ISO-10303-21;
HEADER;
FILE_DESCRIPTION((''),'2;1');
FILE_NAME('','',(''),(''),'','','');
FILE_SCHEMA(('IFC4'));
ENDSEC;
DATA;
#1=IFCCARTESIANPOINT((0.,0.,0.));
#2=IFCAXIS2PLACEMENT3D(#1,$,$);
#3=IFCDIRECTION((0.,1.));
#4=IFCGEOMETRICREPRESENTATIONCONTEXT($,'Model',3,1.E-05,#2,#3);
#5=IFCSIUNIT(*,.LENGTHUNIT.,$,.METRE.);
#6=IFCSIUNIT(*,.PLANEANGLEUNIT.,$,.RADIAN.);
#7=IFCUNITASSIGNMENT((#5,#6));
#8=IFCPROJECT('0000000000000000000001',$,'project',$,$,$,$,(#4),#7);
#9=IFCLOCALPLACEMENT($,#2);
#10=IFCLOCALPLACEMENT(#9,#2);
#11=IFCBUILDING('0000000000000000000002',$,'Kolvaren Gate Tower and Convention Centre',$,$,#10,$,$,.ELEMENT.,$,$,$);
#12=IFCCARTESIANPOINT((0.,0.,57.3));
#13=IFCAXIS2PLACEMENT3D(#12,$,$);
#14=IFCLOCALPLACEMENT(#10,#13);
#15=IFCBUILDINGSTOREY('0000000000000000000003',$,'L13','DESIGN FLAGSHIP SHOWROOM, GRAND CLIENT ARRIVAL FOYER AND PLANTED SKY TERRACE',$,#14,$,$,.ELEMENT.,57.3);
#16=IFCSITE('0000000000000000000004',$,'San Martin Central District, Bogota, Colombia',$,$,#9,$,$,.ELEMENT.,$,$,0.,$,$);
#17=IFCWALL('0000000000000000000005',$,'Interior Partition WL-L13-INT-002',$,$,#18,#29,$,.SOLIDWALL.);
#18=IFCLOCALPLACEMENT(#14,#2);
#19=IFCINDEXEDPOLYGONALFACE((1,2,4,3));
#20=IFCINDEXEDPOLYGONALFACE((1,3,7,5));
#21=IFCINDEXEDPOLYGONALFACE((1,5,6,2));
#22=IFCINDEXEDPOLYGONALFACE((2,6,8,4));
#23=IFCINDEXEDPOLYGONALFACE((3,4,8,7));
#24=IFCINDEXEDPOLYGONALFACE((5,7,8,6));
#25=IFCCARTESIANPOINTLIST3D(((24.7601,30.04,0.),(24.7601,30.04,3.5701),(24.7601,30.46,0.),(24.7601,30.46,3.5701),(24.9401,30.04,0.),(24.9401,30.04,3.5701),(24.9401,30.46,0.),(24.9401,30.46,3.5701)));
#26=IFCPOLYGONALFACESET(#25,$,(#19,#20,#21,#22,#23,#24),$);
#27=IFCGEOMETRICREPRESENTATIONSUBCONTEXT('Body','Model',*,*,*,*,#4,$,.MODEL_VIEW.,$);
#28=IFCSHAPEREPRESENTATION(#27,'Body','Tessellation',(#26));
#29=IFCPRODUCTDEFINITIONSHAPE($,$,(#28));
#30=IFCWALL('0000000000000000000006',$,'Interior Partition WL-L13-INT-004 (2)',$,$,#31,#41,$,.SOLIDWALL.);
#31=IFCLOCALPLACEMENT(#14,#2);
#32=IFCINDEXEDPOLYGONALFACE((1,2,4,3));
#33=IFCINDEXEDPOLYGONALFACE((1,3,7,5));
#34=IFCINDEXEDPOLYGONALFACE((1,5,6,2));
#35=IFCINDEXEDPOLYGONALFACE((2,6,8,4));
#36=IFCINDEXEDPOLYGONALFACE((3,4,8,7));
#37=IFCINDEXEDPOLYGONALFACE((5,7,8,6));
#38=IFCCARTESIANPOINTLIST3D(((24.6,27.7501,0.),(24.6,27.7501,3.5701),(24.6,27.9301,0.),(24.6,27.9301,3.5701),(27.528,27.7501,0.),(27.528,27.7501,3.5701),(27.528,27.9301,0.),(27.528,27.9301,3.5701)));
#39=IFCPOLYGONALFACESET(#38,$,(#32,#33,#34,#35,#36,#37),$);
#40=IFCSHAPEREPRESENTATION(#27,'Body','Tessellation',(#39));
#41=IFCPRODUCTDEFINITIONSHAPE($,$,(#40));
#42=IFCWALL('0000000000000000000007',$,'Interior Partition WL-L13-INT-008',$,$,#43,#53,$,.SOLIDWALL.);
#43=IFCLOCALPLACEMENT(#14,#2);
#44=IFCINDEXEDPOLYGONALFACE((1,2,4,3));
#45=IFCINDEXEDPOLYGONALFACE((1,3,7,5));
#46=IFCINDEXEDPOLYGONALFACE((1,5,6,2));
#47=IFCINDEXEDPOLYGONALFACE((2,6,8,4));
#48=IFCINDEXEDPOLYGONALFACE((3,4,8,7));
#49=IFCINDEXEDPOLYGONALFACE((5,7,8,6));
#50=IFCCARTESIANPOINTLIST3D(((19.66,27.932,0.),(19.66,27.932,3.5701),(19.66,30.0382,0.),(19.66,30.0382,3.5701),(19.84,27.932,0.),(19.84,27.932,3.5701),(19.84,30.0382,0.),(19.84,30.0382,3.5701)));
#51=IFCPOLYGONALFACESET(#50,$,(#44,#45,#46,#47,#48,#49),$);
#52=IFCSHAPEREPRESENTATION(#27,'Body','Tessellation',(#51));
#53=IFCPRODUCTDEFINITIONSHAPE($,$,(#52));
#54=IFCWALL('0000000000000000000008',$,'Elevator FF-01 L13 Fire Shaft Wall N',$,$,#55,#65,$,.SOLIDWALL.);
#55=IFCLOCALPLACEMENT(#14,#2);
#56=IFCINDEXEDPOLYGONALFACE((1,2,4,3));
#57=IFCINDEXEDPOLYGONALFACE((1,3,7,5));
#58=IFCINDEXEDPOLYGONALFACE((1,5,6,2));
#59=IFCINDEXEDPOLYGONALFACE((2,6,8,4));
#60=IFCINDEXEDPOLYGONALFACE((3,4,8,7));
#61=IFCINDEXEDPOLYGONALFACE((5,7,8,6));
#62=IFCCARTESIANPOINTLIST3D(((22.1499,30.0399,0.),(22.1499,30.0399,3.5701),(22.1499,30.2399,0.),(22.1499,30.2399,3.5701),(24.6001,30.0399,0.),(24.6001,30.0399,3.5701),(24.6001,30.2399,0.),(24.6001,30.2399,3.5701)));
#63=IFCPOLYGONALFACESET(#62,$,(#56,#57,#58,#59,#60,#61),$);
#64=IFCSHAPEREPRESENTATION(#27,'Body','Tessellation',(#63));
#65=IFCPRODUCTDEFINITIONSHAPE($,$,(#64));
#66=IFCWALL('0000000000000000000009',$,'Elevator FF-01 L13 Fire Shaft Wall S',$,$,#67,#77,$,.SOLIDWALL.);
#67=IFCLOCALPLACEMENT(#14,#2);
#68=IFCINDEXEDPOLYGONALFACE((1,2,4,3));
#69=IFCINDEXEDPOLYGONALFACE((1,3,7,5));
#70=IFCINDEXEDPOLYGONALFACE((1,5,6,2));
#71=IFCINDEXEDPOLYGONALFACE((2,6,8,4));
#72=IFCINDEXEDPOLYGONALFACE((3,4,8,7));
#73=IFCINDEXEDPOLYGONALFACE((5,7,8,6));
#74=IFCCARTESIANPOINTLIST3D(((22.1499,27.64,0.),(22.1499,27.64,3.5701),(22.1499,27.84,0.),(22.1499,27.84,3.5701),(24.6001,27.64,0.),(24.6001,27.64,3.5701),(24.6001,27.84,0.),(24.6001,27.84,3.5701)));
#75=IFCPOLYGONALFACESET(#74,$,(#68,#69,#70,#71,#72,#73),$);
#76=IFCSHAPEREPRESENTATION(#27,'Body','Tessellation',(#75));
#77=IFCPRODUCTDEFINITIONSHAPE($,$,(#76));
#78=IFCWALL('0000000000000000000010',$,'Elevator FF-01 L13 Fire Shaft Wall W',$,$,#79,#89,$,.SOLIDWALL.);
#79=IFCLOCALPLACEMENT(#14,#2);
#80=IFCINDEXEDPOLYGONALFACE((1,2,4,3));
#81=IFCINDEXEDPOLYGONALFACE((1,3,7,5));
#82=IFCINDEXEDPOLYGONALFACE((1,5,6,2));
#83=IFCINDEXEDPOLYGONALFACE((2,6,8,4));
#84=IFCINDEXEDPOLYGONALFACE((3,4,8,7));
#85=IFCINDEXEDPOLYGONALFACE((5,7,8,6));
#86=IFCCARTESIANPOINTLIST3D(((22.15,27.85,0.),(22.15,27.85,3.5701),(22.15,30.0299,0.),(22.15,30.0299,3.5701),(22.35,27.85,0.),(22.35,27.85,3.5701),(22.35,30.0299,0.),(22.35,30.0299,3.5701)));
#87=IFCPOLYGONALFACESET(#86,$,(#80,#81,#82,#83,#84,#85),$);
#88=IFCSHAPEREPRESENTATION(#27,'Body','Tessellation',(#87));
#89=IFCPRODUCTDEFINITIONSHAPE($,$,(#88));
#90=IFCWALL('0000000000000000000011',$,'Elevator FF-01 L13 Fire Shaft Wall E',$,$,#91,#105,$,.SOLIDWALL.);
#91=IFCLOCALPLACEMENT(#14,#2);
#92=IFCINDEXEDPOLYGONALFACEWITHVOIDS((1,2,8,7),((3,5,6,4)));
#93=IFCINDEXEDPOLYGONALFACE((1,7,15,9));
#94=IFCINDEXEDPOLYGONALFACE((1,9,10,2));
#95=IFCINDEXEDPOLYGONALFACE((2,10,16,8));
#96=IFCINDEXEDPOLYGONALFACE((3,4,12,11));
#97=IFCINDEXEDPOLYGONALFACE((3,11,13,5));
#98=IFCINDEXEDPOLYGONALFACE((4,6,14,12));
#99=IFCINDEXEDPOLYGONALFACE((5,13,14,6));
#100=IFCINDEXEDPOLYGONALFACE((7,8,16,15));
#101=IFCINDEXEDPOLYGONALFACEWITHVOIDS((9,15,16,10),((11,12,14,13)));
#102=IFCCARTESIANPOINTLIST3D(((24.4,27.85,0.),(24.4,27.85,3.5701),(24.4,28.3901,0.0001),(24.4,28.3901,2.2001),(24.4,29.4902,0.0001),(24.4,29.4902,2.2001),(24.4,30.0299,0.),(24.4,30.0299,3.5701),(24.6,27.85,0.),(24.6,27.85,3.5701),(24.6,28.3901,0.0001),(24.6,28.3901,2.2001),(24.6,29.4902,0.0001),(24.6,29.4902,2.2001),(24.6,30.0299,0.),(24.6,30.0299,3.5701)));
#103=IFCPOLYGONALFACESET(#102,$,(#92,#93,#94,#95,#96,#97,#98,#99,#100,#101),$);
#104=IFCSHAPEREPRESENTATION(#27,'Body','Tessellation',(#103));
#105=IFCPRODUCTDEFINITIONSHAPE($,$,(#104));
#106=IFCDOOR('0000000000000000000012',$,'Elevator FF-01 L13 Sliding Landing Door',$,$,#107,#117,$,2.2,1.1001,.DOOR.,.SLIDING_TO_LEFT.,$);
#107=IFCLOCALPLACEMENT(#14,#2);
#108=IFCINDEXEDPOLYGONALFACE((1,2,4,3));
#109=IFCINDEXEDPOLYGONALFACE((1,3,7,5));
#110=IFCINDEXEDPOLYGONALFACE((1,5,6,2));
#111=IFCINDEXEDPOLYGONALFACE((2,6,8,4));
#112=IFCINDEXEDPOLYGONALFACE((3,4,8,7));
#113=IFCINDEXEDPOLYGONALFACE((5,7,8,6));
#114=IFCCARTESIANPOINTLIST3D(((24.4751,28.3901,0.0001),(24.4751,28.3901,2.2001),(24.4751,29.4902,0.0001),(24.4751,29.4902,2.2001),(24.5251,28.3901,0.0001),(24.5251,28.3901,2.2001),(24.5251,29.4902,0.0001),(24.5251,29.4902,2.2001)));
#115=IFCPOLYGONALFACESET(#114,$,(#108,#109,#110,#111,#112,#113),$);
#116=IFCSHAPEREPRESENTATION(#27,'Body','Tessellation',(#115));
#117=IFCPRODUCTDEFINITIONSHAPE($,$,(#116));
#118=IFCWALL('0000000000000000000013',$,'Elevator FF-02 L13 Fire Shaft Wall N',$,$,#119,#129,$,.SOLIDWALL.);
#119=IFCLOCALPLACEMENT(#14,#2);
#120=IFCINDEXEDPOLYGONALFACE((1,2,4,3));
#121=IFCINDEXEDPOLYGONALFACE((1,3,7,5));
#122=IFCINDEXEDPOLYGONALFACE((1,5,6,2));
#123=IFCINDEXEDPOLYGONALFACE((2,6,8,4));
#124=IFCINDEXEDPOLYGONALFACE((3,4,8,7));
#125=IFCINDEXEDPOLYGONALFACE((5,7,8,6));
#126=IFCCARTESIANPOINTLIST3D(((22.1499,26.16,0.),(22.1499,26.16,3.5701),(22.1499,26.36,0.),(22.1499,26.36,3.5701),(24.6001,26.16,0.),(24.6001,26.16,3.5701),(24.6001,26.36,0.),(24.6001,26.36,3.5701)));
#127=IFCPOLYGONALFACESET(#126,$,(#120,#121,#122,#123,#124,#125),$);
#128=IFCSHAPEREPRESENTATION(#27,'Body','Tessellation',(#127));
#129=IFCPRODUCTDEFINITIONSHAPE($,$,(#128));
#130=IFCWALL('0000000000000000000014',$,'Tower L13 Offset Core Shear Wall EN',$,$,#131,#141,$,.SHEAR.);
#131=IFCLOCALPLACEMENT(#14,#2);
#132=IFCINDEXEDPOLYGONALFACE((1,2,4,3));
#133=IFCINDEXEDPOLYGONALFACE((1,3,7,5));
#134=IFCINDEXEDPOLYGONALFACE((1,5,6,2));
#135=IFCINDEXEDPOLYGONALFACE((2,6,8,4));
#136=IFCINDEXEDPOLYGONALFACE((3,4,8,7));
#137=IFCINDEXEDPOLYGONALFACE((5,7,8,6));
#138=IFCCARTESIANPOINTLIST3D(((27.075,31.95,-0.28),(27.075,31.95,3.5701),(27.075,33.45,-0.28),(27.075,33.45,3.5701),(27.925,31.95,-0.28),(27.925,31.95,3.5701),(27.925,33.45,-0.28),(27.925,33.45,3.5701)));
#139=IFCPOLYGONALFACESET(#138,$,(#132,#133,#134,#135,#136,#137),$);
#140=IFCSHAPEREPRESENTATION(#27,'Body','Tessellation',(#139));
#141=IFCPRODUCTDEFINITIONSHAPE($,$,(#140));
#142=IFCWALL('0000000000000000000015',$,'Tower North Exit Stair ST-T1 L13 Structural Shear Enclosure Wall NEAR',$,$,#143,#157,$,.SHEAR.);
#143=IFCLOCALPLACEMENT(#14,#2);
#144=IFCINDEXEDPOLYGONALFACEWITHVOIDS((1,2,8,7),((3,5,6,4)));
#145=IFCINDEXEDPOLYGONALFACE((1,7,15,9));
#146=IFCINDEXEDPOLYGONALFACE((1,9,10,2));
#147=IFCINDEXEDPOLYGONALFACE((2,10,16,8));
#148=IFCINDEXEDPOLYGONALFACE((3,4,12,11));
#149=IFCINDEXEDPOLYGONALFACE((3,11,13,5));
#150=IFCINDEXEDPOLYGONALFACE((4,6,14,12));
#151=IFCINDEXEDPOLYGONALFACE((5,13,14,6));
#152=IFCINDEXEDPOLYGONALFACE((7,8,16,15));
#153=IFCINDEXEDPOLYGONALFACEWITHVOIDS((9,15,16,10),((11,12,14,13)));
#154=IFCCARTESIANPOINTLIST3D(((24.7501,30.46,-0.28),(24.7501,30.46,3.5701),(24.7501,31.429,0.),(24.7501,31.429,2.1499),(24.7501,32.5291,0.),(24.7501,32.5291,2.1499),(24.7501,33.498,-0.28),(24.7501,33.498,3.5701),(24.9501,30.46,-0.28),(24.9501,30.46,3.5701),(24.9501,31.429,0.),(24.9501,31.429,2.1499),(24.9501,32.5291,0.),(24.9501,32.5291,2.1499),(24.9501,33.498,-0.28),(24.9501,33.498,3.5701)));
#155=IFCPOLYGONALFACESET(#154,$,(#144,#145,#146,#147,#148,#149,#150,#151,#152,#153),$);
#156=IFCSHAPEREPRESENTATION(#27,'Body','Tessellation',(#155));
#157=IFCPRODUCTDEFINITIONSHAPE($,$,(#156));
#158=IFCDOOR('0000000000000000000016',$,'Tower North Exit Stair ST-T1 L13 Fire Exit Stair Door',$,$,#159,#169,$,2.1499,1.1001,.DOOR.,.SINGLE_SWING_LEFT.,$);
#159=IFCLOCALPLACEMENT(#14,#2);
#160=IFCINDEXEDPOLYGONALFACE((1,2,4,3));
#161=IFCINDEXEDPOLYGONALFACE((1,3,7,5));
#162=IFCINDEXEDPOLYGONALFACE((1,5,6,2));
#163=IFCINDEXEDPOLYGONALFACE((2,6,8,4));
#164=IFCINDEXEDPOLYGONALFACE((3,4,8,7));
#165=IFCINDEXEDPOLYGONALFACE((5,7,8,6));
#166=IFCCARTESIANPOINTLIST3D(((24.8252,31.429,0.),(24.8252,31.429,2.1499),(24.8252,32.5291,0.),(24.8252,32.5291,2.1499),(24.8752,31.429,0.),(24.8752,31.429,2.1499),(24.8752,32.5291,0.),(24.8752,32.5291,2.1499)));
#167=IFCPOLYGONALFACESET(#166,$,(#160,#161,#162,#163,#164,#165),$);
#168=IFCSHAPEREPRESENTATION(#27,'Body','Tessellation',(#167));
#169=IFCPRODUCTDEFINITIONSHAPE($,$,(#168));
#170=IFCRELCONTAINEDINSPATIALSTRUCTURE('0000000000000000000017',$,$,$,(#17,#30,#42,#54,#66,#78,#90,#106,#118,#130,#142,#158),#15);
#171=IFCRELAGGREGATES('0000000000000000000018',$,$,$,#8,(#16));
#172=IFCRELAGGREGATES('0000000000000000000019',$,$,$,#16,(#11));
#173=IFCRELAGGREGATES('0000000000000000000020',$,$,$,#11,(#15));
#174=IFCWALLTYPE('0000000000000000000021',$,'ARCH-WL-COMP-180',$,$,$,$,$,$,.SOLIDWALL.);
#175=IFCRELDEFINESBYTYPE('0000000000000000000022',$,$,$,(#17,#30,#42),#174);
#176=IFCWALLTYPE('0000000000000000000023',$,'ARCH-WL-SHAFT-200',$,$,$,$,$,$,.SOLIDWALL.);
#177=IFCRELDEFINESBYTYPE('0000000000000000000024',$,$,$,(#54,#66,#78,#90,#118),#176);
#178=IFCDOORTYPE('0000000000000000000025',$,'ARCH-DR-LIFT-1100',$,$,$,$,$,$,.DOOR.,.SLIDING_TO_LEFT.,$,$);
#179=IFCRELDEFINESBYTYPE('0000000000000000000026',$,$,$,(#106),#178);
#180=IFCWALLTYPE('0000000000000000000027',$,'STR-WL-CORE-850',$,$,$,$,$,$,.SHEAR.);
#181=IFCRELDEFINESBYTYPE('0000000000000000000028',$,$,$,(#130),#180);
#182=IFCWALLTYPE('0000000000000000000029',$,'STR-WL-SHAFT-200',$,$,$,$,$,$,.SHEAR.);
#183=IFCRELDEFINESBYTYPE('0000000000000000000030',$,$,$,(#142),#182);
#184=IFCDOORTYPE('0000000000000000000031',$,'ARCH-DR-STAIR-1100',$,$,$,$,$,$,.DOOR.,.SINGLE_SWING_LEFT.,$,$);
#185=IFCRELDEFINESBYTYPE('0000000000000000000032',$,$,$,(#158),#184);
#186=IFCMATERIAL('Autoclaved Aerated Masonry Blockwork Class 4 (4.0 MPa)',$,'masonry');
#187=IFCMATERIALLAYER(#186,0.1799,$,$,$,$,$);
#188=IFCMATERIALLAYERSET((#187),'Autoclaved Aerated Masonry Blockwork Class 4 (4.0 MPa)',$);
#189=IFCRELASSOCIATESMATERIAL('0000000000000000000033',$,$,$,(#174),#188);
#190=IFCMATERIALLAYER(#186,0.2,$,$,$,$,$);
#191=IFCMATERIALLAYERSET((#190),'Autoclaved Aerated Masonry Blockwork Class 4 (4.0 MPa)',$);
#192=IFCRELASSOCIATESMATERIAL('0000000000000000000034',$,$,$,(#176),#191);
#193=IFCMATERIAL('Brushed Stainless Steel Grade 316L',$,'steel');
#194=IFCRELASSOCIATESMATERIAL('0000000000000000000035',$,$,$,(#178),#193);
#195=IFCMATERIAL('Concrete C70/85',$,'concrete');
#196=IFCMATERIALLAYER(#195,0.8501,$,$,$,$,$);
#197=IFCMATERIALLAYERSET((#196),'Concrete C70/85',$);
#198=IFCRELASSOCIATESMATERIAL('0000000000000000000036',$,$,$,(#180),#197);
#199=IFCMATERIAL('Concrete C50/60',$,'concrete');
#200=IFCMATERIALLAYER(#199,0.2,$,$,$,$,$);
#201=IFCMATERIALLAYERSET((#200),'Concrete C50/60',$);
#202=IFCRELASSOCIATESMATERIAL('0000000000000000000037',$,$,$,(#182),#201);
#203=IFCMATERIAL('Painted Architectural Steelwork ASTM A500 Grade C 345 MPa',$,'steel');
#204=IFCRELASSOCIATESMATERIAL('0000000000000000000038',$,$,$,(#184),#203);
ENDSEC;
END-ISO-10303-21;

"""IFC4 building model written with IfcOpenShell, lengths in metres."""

from ifc_helpers import new_model, si_unit, direction, frame, frame_2d, origin, place, context, subcontext, project, spatial, rectangle, extrude, material, layer, layer_set, type_object, element, fill, save


model = new_model("IFC4")

# Units and contexts
model_context = context("Model", 3, precision=1e-05, world=origin(), true_north=direction((0.0, 1.0)))
body_context = subcontext(model_context, "Body", "Model", "MODEL_VIEW")
ifc_project = project(units=[si_unit("LENGTHUNIT", "METRE"), si_unit("PLANEANGLEUNIT", "RADIAN")], contexts=[model_context])

# Site, building, storey
site_placement = place(None, origin())
site = spatial("IfcSite", under=ifc_project, at=site_placement, Name="San Martin Central District, Bogota, Colombia", CompositionType="ELEMENT", RefElevation=0.0)
building_placement = place(site_placement, origin())
building = spatial("IfcBuilding", under=site, at=building_placement, Name="Kolvaren Gate Tower and Convention Centre", CompositionType="ELEMENT")
storey_placement = place(building_placement, frame((0.0, 0.0, 57.3)))
storey = spatial("IfcBuildingStorey", under=building, at=storey_placement, Name="L13", Description="DESIGN FLAGSHIP SHOWROOM, GRAND CLIENT ARRIVAL FOYER AND PLANTED SKY TERRACE", CompositionType="ELEMENT", Elevation=57.3)

# Walls
ifc_material_1 = material(Name="Autoclaved Aerated Masonry Blockwork Class 4 (4.0 MPa)", Category="masonry")
ifc_layer_1 = layer(ifc_material_1, 0.1799)
ifc_layer_set_1 = layer_set([ifc_layer_1], Name="Autoclaved Aerated Masonry Blockwork Class 4 (4.0 MPa)")
wall_type_1 = type_object("IfcWallType", Name="ARCH-WL-COMP-180", PredefinedType="SOLIDWALL", material=ifc_layer_set_1)
wall_1_placement = place(storey_placement, frame((24.8501, 30.04, 0.0), z_axis=(0.0, 0.0, 1.0), x_axis=(0.0, 1.0, 0.0)))
element("IfcWall", 1, at=wall_1_placement, inside=storey, type_object=wall_type_1, Name="Interior Partition WL-L13-INT-002", PredefinedType="SOLIDWALL", context=body_context, shape_type="SweptSolid", body=[
    extrude(rectangle(XDim=0.4199, YDim=0.1799, at=frame_2d((0.21, 0.0))), origin(), (0.0, 0.0, 1.0), 3.5701),
])
wall_2_placement = place(storey_placement, frame((24.6001, 27.8401, 0.0), z_axis=(0.0, 0.0, 1.0), x_axis=(1.0, 0.0, 0.0)))
element("IfcWall", 2, at=wall_2_placement, inside=storey, type_object=wall_type_1, Name="Interior Partition WL-L13-INT-004 (2)", PredefinedType="SOLIDWALL", context=body_context, shape_type="SweptSolid", body=[
    extrude(rectangle(XDim=2.928, YDim=0.1799, at=frame_2d((1.4639, 0.0))), origin(), (0.0, 0.0, 1.0), 3.5701),
])
wall_3_placement = place(storey_placement, frame((19.75, 27.9319, 0.0), z_axis=(0.0, 0.0, 1.0), x_axis=(0.0, 1.0, 0.0)))
element("IfcWall", 3, at=wall_3_placement, inside=storey, type_object=wall_type_1, Name="Interior Partition WL-L13-INT-008", PredefinedType="SOLIDWALL", context=body_context, shape_type="SweptSolid", body=[
    extrude(rectangle(XDim=2.1062, YDim=0.1799, at=frame_2d((1.0532, 0.0))), origin(), (0.0, 0.0, 1.0), 3.5701),
])
ifc_layer_2 = layer(ifc_material_1, 0.2)
ifc_layer_set_2 = layer_set([ifc_layer_2], Name="Autoclaved Aerated Masonry Blockwork Class 4 (4.0 MPa)")
wall_type_2 = type_object("IfcWallType", Name="ARCH-WL-SHAFT-200", PredefinedType="SOLIDWALL", material=ifc_layer_set_2)
for number, where, z_axis, x_axis, name in (
    (4, (22.1499, 30.1399, 0.0), (0.0, 0.0, 1.0), (1.0, 0.0, 0.0), "Elevator FF-01 L13 Fire Shaft Wall N"),
    (5, (22.1499, 27.74, 0.0), (0.0, 0.0, 1.0), (1.0, 0.0, 0.0), "Elevator FF-01 L13 Fire Shaft Wall S"),
):
    element("IfcWall", number, at=place(storey_placement, frame(where, z_axis=z_axis, x_axis=x_axis)), inside=storey, type_object=wall_type_2, Name=name, PredefinedType="SOLIDWALL", context=body_context, shape_type="SweptSolid", body=[
        extrude(rectangle(XDim=2.4502, YDim=0.2, at=frame_2d((1.2251, 0.0))), origin(), (0.0, 0.0, 1.0), 3.5701),
    ])
wall_4_placement = place(storey_placement, frame((22.25, 27.8501, 0.0), z_axis=(0.0, 0.0, 1.0), x_axis=(0.0, 1.0, 0.0)))
element("IfcWall", 6, at=wall_4_placement, inside=storey, type_object=wall_type_2, Name="Elevator FF-01 L13 Fire Shaft Wall W", PredefinedType="SOLIDWALL", context=body_context, shape_type="SweptSolid", body=[
    extrude(rectangle(XDim=2.1799, YDim=0.2, at=frame_2d((1.0898, 0.0))), origin(), (0.0, 0.0, 1.0), 3.5701),
])

# Wall, opening, door
wall_5_placement = place(storey_placement, frame((24.5, 27.8501, 0.0), z_axis=(0.0, 0.0, 1.0), x_axis=(0.0, 1.0, 0.0)))
wall_5 = element("IfcWall", 7, at=wall_5_placement, inside=storey, type_object=wall_type_2, Name="Elevator FF-01 L13 Fire Shaft Wall E", PredefinedType="SOLIDWALL", context=body_context, shape_type="SweptSolid", body=[
    extrude(rectangle(XDim=2.1799, YDim=0.2, at=frame_2d((1.0898, 0.0))), origin(), (0.0, 0.0, 1.0), 3.5701),
])
opening_1_placement = place(wall_5_placement, frame((0.54, 0.0, 0.0)))
opening_1 = element("IfcOpeningElement", 8, at=opening_1_placement, cuts=wall_5, PredefinedType="OPENING", context=body_context, shape_type="SweptSolid", body=[
    extrude(rectangle(XDim=1.1001, YDim=2.2, at=frame_2d((0.55, 1.1001))), frame((0.0, 0.1099, 0.0), z_axis=(0.0, -1.0, 0.0), x_axis=(1.0, 0.0, 0.0)), (0.0, 0.0, 1.0), 0.22),
])
ifc_material_2 = material(Name="Brushed Stainless Steel Grade 316L", Category="steel")
door_type_1 = type_object("IfcDoorType", Name="ARCH-DR-LIFT-1100", OperationType="SLIDING_TO_LEFT", PredefinedType="DOOR", material=ifc_material_2)
door_1_placement = place(opening_1_placement, origin())
door_1 = element("IfcDoor", 9, at=door_1_placement, inside=storey, type_object=door_type_1, Name="Elevator FF-01 L13 Sliding Landing Door", OperationType="SLIDING_TO_LEFT", OverallHeight=2.2, OverallWidth=1.1001, PredefinedType="DOOR", context=body_context, shape_type="SweptSolid", body=[
    extrude(rectangle(XDim=1.1001, YDim=2.2, at=frame_2d((0.55, 1.1001))), frame((0.0, 0.0249, 0.0), z_axis=(0.0, -1.0, 0.0), x_axis=(1.0, 0.0, 0.0)), (0.0, 0.0, 1.0), 0.05),
])
fill(opening_1, door_1)

# Walls
wall_6_placement = place(storey_placement, frame((22.1499, 26.26, 0.0), z_axis=(0.0, 0.0, 1.0), x_axis=(1.0, 0.0, 0.0)))
element("IfcWall", 10, at=wall_6_placement, inside=storey, type_object=wall_type_2, Name="Elevator FF-02 L13 Fire Shaft Wall N", PredefinedType="SOLIDWALL", context=body_context, shape_type="SweptSolid", body=[
    extrude(rectangle(XDim=2.4502, YDim=0.2, at=frame_2d((1.2251, 0.0))), origin(), (0.0, 0.0, 1.0), 3.5701),
])
ifc_material_3 = material(Name="Concrete C70/85", Category="concrete")
ifc_layer_3 = layer(ifc_material_3, 0.8501)
ifc_layer_set_3 = layer_set([ifc_layer_3], Name="Concrete C70/85")
wall_type_3 = type_object("IfcWallType", Name="STR-WL-CORE-850", PredefinedType="SHEAR", material=ifc_layer_set_3)
wall_7_placement = place(storey_placement, frame((27.5, 31.95, -0.28), z_axis=(0.0, 0.0, 1.0), x_axis=(0.0, 1.0, 0.0)))
element("IfcWall", 11, at=wall_7_placement, inside=storey, type_object=wall_type_3, Name="Tower L13 Offset Core Shear Wall EN", PredefinedType="SHEAR", context=body_context, shape_type="SweptSolid", body=[
    extrude(rectangle(XDim=1.5, YDim=0.8501, at=frame_2d((0.75, 0.0))), origin(), (0.0, 0.0, 1.0), 3.8501),
])

# Wall, opening, door
ifc_material_4 = material(Name="Concrete C50/60", Category="concrete")
ifc_layer_4 = layer(ifc_material_4, 0.2)
ifc_layer_set_4 = layer_set([ifc_layer_4], Name="Concrete C50/60")
wall_type_4 = type_object("IfcWallType", Name="STR-WL-SHAFT-200", PredefinedType="SHEAR", material=ifc_layer_set_4)
wall_8_placement = place(storey_placement, frame((24.8501, 30.46, -0.28), z_axis=(0.0, 0.0, 1.0), x_axis=(0.0, 1.0, 0.0)))
wall_8 = element("IfcWall", 12, at=wall_8_placement, inside=storey, type_object=wall_type_4, Name="Tower North Exit Stair ST-T1 L13 Structural Shear Enclosure Wall NEAR", PredefinedType="SHEAR", context=body_context, shape_type="SweptSolid", body=[
    extrude(rectangle(XDim=3.0381, YDim=0.2, at=frame_2d((1.519, 0.0))), origin(), (0.0, 0.0, 1.0), 3.8501),
])
opening_2_placement = place(wall_8_placement, frame((0.969, 0.0, 0.28)))
opening_2 = element("IfcOpeningElement", 13, at=opening_2_placement, cuts=wall_8, PredefinedType="OPENING", context=body_context, shape_type="SweptSolid", body=[
    extrude(rectangle(XDim=1.1001, YDim=2.1499, at=frame_2d((0.55, 1.075))), frame((0.0, 0.1099, 0.0), z_axis=(0.0, -1.0, 0.0), x_axis=(1.0, 0.0, 0.0)), (0.0, 0.0, 1.0), 0.22),
])
ifc_material_5 = material(Name="Painted Architectural Steelwork ASTM A500 Grade C 345 MPa", Category="steel")
door_type_2 = type_object("IfcDoorType", Name="ARCH-DR-STAIR-1100", OperationType="SINGLE_SWING_LEFT", PredefinedType="DOOR", material=ifc_material_5)
door_2_placement = place(opening_2_placement, origin())
door_2 = element("IfcDoor", 14, at=door_2_placement, inside=storey, type_object=door_type_2, Name="Tower North Exit Stair ST-T1 L13 Fire Exit Stair Door", OperationType="SINGLE_SWING_LEFT", OverallHeight=2.1499, OverallWidth=1.1001, PredefinedType="DOOR", context=body_context, shape_type="SweptSolid", body=[
    extrude(rectangle(XDim=1.1001, YDim=2.1499, at=frame_2d((0.55, 1.075))), frame((0.0, 0.0249, 0.0), z_axis=(0.0, -1.0, 0.0), x_axis=(1.0, 0.0, 0.0)), (0.0, 0.0, 1.0), 0.05),
])
fill(opening_2, door_2)

save(model, "model.ifc")
